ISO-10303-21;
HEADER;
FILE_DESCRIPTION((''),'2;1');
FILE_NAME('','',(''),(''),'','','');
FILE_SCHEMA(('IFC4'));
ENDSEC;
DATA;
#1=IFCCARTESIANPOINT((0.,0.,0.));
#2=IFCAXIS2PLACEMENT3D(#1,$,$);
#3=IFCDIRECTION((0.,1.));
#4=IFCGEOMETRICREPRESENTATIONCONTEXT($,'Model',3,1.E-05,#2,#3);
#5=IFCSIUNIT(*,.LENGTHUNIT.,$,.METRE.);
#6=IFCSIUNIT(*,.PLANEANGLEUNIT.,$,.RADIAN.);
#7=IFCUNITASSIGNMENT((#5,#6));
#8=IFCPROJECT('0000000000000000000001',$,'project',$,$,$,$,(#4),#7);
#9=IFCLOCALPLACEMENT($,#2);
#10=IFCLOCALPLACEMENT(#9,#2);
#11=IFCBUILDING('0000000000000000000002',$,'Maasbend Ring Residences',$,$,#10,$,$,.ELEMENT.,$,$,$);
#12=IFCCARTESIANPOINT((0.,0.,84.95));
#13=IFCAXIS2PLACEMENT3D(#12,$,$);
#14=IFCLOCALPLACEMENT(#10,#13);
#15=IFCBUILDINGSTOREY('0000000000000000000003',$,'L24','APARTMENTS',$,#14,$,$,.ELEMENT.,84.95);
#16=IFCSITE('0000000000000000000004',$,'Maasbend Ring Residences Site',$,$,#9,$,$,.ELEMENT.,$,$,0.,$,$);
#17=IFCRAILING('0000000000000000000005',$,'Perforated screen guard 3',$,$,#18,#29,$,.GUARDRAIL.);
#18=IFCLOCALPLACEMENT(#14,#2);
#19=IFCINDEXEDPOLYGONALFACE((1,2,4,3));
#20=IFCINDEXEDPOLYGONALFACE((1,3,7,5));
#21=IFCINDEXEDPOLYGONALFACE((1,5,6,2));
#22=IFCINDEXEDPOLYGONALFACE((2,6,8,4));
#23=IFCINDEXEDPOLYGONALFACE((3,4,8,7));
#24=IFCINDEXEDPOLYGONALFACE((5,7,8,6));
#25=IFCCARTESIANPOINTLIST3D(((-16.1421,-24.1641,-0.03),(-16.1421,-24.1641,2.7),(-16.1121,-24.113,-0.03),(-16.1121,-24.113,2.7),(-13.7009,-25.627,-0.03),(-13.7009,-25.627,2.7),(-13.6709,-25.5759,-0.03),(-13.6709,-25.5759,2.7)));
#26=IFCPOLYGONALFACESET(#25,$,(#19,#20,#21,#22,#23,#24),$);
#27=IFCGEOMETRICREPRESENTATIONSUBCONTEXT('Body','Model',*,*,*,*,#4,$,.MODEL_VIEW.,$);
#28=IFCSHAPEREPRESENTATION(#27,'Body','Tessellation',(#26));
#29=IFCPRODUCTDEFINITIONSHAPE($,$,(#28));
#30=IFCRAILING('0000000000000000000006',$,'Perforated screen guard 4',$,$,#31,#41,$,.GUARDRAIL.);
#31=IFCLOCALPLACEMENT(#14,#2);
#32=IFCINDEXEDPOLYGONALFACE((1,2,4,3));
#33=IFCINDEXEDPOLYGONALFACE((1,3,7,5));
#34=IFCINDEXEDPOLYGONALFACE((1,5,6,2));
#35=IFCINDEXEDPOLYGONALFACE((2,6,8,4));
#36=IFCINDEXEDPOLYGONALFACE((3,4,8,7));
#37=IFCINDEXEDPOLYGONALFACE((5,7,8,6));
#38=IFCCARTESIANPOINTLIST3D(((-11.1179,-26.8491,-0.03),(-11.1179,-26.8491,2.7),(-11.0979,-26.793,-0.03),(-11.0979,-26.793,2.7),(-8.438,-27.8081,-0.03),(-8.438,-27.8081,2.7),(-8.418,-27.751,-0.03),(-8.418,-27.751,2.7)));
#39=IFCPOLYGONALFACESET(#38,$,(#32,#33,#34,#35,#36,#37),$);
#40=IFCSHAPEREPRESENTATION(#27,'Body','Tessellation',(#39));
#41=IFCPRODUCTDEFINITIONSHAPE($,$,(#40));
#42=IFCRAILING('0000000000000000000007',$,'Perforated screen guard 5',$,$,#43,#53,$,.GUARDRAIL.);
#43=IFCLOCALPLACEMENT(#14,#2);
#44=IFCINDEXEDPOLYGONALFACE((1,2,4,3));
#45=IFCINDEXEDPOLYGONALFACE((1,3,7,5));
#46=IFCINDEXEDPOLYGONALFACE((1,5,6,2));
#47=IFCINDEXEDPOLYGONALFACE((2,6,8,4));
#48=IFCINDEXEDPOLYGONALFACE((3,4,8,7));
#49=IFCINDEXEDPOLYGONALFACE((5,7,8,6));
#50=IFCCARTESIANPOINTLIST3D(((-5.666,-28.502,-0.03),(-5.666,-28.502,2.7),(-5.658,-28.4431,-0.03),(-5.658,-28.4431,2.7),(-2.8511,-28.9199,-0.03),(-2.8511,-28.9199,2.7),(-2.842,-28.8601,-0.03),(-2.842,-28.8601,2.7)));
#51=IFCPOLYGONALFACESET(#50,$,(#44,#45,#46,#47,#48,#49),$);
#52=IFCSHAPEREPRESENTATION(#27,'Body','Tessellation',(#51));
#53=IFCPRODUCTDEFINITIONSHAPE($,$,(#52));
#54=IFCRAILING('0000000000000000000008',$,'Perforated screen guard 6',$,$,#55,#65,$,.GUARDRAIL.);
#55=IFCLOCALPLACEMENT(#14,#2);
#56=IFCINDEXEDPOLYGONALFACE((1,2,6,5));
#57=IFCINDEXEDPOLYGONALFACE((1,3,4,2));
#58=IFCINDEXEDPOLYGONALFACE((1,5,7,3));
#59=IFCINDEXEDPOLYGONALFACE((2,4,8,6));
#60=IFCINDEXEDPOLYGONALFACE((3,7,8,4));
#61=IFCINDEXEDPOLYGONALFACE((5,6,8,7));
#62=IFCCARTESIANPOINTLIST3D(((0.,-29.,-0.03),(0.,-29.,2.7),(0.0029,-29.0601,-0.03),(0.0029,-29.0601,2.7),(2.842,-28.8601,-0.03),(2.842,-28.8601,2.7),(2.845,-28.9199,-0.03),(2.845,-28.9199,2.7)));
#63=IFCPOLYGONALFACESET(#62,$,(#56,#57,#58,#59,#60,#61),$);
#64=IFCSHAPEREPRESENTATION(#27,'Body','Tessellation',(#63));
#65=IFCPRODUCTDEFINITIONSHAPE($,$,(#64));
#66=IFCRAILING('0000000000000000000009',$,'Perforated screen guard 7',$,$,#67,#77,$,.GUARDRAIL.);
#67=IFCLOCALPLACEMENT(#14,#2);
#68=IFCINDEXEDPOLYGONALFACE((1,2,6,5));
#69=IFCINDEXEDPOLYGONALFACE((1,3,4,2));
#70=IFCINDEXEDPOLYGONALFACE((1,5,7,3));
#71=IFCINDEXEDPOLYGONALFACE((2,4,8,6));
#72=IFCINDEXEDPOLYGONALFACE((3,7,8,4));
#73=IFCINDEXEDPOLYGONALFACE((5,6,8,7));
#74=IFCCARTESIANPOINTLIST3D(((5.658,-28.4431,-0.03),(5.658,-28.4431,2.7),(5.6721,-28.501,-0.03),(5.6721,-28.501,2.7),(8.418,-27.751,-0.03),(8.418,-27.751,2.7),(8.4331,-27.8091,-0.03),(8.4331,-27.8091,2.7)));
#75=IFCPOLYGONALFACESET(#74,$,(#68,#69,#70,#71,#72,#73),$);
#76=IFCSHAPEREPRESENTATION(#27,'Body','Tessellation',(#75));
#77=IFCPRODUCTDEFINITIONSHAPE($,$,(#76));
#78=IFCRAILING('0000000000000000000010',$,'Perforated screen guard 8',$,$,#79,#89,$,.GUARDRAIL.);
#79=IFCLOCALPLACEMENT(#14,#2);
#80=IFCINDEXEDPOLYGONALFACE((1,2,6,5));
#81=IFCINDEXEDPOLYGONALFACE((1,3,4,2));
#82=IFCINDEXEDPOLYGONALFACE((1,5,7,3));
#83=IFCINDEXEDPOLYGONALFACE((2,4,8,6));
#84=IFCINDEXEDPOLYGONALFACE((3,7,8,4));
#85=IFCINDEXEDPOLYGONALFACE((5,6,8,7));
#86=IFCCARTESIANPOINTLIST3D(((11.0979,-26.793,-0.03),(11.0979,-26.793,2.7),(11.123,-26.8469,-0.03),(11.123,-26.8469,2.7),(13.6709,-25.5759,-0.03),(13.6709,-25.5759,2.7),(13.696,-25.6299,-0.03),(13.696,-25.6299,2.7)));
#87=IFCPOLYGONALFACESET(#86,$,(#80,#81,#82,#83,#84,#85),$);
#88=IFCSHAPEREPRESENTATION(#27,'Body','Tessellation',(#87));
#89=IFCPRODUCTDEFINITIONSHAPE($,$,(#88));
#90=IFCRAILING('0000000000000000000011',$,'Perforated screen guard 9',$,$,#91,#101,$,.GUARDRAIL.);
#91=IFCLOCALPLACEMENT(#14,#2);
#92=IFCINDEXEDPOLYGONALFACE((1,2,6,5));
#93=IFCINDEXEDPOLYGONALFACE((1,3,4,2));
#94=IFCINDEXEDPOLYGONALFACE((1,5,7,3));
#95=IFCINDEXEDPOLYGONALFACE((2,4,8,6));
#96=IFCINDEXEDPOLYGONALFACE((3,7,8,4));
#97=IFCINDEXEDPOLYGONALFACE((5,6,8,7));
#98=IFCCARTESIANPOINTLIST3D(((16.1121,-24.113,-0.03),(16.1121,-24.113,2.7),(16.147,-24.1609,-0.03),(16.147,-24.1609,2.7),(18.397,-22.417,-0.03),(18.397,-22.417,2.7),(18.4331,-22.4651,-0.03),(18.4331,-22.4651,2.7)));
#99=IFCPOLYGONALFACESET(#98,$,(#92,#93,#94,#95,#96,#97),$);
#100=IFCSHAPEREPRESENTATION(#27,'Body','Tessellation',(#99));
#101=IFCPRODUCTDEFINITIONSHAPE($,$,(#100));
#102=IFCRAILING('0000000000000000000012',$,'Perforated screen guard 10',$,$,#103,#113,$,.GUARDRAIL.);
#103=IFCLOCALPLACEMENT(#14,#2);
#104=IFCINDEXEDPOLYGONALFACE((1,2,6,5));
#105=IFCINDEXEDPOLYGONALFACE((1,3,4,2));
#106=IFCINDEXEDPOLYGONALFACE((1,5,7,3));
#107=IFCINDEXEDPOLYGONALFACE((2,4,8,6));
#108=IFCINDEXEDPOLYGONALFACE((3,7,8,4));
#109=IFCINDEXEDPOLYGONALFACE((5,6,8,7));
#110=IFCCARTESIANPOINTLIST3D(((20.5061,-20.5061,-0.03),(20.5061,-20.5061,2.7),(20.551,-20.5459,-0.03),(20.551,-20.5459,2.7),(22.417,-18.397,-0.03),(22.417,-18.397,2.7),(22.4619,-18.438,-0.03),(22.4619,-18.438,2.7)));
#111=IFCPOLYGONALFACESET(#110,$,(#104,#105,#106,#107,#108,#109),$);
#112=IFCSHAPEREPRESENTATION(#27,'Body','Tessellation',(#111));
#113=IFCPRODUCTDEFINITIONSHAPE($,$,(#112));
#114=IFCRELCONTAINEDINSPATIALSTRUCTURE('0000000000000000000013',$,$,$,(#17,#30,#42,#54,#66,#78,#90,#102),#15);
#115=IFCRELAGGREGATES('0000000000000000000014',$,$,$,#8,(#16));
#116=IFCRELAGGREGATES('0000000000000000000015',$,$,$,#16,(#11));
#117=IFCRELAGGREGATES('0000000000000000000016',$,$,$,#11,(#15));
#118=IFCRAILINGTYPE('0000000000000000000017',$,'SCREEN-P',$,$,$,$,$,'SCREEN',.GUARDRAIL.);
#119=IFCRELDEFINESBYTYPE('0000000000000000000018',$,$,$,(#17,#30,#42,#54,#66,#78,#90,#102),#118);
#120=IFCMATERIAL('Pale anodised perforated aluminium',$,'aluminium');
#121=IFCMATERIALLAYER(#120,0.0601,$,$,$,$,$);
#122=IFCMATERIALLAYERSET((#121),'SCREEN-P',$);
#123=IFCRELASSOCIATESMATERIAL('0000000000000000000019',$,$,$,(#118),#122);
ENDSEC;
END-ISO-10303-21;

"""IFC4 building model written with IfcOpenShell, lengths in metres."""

from ifc_helpers import new_model, si_unit, direction, frame, origin, place, context, subcontext, project, spatial, polyline, outline, extrude, material, layer, layer_set, type_object, element, save


model = new_model("IFC4")

# Units and contexts
model_context = context("Model", 3, precision=1e-05, world=origin(), true_north=direction((0.0, 1.0)))
body_context = subcontext(model_context, "Body", "Model", "MODEL_VIEW")
ifc_project = project(units=[si_unit("LENGTHUNIT", "METRE"), si_unit("PLANEANGLEUNIT", "RADIAN")], contexts=[model_context])

# Site, building, storey
site_placement = place(None, origin())
site = spatial("IfcSite", under=ifc_project, at=site_placement, Name="Maasbend Ring Residences Site", CompositionType="ELEMENT", RefElevation=0.0)
building_placement = place(site_placement, origin())
building = spatial("IfcBuilding", under=site, at=building_placement, Name="Maasbend Ring Residences", CompositionType="ELEMENT")
storey_placement = place(building_placement, frame((0.0, 0.0, 84.95)))
storey = spatial("IfcBuildingStorey", under=building, at=storey_placement, Name="L24", Description="APARTMENTS", CompositionType="ELEMENT", Elevation=84.95)

# Railings
ifc_material_1 = material(Name="Pale anodised perforated aluminium", Category="aluminium")
ifc_layer_1 = layer(ifc_material_1, 0.0601)
ifc_layer_set_1 = layer_set([ifc_layer_1], Name="SCREEN-P")
railing_type = type_object("IfcRailingType", Name="SCREEN-P", ElementType="SCREEN", PredefinedType="GUARDRAIL", material=ifc_layer_set_1)
railing_1_placement = place(storey_placement, frame((0.0, 0.0, -0.03)))
element("IfcRailing", 1, at=railing_1_placement, inside=storey, type_object=railing_type, Name="Perforated screen guard 3", PredefinedType="GUARDRAIL", context=body_context, shape_type="SweptSolid", body=[
    extrude(outline(polyline([(-16.1121, -24.113), (-13.6709, -25.5759), (-13.7009, -25.627), (-16.1421, -24.1641), (-16.1121, -24.113)])), origin(), (0.0, 0.0, 1.0), 2.73),
])
railing_2_placement = place(storey_placement, frame((0.0, 0.0, -0.03)))
element("IfcRailing", 2, at=railing_2_placement, inside=storey, type_object=railing_type, Name="Perforated screen guard 4", PredefinedType="GUARDRAIL", context=body_context, shape_type="SweptSolid", body=[
    extrude(outline(polyline([(-11.0979, -26.793), (-8.418, -27.751), (-8.438, -27.8081), (-11.1179, -26.8491), (-11.0979, -26.793)])), origin(), (0.0, 0.0, 1.0), 2.73),
])
railing_3_placement = place(storey_placement, frame((0.0, 0.0, -0.03)))
element("IfcRailing", 3, at=railing_3_placement, inside=storey, type_object=railing_type, Name="Perforated screen guard 5", PredefinedType="GUARDRAIL", context=body_context, shape_type="SweptSolid", body=[
    extrude(outline(polyline([(-5.658, -28.4431), (-2.842, -28.8601), (-2.8511, -28.9199), (-5.666, -28.502), (-5.658, -28.4431)])), origin(), (0.0, 0.0, 1.0), 2.73),
])
railing_4_placement = place(storey_placement, frame((0.0, 0.0, -0.03)))
element("IfcRailing", 4, at=railing_4_placement, inside=storey, type_object=railing_type, Name="Perforated screen guard 6", PredefinedType="GUARDRAIL", context=body_context, shape_type="SweptSolid", body=[
    extrude(outline(polyline([(0.0, -29.0), (2.842, -28.8601), (2.845, -28.9199), (0.0029, -29.0601), (0.0, -29.0)])), origin(), (0.0, 0.0, 1.0), 2.73),
])
railing_5_placement = place(storey_placement, frame((0.0, 0.0, -0.03)))
element("IfcRailing", 5, at=railing_5_placement, inside=storey, type_object=railing_type, Name="Perforated screen guard 7", PredefinedType="GUARDRAIL", context=body_context, shape_type="SweptSolid", body=[
    extrude(outline(polyline([(5.658, -28.4431), (8.418, -27.751), (8.4331, -27.8091), (5.6721, -28.501), (5.658, -28.4431)])), origin(), (0.0, 0.0, 1.0), 2.73),
])
railing_6_placement = place(storey_placement, frame((0.0, 0.0, -0.03)))
element("IfcRailing", 6, at=railing_6_placement, inside=storey, type_object=railing_type, Name="Perforated screen guard 8", PredefinedType="GUARDRAIL", context=body_context, shape_type="SweptSolid", body=[
    extrude(outline(polyline([(11.0979, -26.793), (13.6709, -25.5759), (13.696, -25.6299), (11.123, -26.8469), (11.0979, -26.793)])), origin(), (0.0, 0.0, 1.0), 2.73),
])
railing_7_placement = place(storey_placement, frame((0.0, 0.0, -0.03)))
element("IfcRailing", 7, at=railing_7_placement, inside=storey, type_object=railing_type, Name="Perforated screen guard 9", PredefinedType="GUARDRAIL", context=body_context, shape_type="SweptSolid", body=[
    extrude(outline(polyline([(16.1121, -24.113), (18.397, -22.417), (18.4331, -22.4651), (16.147, -24.1609), (16.1121, -24.113)])), origin(), (0.0, 0.0, 1.0), 2.73),
])
railing_8_placement = place(storey_placement, frame((0.0, 0.0, -0.03)))
element("IfcRailing", 8, at=railing_8_placement, inside=storey, type_object=railing_type, Name="Perforated screen guard 10", PredefinedType="GUARDRAIL", context=body_context, shape_type="SweptSolid", body=[
    extrude(outline(polyline([(20.5061, -20.5061), (22.417, -18.397), (22.4619, -18.438), (20.551, -20.5459), (20.5061, -20.5061)])), origin(), (0.0, 0.0, 1.0), 2.73),
])

save(model, "model.ifc")
